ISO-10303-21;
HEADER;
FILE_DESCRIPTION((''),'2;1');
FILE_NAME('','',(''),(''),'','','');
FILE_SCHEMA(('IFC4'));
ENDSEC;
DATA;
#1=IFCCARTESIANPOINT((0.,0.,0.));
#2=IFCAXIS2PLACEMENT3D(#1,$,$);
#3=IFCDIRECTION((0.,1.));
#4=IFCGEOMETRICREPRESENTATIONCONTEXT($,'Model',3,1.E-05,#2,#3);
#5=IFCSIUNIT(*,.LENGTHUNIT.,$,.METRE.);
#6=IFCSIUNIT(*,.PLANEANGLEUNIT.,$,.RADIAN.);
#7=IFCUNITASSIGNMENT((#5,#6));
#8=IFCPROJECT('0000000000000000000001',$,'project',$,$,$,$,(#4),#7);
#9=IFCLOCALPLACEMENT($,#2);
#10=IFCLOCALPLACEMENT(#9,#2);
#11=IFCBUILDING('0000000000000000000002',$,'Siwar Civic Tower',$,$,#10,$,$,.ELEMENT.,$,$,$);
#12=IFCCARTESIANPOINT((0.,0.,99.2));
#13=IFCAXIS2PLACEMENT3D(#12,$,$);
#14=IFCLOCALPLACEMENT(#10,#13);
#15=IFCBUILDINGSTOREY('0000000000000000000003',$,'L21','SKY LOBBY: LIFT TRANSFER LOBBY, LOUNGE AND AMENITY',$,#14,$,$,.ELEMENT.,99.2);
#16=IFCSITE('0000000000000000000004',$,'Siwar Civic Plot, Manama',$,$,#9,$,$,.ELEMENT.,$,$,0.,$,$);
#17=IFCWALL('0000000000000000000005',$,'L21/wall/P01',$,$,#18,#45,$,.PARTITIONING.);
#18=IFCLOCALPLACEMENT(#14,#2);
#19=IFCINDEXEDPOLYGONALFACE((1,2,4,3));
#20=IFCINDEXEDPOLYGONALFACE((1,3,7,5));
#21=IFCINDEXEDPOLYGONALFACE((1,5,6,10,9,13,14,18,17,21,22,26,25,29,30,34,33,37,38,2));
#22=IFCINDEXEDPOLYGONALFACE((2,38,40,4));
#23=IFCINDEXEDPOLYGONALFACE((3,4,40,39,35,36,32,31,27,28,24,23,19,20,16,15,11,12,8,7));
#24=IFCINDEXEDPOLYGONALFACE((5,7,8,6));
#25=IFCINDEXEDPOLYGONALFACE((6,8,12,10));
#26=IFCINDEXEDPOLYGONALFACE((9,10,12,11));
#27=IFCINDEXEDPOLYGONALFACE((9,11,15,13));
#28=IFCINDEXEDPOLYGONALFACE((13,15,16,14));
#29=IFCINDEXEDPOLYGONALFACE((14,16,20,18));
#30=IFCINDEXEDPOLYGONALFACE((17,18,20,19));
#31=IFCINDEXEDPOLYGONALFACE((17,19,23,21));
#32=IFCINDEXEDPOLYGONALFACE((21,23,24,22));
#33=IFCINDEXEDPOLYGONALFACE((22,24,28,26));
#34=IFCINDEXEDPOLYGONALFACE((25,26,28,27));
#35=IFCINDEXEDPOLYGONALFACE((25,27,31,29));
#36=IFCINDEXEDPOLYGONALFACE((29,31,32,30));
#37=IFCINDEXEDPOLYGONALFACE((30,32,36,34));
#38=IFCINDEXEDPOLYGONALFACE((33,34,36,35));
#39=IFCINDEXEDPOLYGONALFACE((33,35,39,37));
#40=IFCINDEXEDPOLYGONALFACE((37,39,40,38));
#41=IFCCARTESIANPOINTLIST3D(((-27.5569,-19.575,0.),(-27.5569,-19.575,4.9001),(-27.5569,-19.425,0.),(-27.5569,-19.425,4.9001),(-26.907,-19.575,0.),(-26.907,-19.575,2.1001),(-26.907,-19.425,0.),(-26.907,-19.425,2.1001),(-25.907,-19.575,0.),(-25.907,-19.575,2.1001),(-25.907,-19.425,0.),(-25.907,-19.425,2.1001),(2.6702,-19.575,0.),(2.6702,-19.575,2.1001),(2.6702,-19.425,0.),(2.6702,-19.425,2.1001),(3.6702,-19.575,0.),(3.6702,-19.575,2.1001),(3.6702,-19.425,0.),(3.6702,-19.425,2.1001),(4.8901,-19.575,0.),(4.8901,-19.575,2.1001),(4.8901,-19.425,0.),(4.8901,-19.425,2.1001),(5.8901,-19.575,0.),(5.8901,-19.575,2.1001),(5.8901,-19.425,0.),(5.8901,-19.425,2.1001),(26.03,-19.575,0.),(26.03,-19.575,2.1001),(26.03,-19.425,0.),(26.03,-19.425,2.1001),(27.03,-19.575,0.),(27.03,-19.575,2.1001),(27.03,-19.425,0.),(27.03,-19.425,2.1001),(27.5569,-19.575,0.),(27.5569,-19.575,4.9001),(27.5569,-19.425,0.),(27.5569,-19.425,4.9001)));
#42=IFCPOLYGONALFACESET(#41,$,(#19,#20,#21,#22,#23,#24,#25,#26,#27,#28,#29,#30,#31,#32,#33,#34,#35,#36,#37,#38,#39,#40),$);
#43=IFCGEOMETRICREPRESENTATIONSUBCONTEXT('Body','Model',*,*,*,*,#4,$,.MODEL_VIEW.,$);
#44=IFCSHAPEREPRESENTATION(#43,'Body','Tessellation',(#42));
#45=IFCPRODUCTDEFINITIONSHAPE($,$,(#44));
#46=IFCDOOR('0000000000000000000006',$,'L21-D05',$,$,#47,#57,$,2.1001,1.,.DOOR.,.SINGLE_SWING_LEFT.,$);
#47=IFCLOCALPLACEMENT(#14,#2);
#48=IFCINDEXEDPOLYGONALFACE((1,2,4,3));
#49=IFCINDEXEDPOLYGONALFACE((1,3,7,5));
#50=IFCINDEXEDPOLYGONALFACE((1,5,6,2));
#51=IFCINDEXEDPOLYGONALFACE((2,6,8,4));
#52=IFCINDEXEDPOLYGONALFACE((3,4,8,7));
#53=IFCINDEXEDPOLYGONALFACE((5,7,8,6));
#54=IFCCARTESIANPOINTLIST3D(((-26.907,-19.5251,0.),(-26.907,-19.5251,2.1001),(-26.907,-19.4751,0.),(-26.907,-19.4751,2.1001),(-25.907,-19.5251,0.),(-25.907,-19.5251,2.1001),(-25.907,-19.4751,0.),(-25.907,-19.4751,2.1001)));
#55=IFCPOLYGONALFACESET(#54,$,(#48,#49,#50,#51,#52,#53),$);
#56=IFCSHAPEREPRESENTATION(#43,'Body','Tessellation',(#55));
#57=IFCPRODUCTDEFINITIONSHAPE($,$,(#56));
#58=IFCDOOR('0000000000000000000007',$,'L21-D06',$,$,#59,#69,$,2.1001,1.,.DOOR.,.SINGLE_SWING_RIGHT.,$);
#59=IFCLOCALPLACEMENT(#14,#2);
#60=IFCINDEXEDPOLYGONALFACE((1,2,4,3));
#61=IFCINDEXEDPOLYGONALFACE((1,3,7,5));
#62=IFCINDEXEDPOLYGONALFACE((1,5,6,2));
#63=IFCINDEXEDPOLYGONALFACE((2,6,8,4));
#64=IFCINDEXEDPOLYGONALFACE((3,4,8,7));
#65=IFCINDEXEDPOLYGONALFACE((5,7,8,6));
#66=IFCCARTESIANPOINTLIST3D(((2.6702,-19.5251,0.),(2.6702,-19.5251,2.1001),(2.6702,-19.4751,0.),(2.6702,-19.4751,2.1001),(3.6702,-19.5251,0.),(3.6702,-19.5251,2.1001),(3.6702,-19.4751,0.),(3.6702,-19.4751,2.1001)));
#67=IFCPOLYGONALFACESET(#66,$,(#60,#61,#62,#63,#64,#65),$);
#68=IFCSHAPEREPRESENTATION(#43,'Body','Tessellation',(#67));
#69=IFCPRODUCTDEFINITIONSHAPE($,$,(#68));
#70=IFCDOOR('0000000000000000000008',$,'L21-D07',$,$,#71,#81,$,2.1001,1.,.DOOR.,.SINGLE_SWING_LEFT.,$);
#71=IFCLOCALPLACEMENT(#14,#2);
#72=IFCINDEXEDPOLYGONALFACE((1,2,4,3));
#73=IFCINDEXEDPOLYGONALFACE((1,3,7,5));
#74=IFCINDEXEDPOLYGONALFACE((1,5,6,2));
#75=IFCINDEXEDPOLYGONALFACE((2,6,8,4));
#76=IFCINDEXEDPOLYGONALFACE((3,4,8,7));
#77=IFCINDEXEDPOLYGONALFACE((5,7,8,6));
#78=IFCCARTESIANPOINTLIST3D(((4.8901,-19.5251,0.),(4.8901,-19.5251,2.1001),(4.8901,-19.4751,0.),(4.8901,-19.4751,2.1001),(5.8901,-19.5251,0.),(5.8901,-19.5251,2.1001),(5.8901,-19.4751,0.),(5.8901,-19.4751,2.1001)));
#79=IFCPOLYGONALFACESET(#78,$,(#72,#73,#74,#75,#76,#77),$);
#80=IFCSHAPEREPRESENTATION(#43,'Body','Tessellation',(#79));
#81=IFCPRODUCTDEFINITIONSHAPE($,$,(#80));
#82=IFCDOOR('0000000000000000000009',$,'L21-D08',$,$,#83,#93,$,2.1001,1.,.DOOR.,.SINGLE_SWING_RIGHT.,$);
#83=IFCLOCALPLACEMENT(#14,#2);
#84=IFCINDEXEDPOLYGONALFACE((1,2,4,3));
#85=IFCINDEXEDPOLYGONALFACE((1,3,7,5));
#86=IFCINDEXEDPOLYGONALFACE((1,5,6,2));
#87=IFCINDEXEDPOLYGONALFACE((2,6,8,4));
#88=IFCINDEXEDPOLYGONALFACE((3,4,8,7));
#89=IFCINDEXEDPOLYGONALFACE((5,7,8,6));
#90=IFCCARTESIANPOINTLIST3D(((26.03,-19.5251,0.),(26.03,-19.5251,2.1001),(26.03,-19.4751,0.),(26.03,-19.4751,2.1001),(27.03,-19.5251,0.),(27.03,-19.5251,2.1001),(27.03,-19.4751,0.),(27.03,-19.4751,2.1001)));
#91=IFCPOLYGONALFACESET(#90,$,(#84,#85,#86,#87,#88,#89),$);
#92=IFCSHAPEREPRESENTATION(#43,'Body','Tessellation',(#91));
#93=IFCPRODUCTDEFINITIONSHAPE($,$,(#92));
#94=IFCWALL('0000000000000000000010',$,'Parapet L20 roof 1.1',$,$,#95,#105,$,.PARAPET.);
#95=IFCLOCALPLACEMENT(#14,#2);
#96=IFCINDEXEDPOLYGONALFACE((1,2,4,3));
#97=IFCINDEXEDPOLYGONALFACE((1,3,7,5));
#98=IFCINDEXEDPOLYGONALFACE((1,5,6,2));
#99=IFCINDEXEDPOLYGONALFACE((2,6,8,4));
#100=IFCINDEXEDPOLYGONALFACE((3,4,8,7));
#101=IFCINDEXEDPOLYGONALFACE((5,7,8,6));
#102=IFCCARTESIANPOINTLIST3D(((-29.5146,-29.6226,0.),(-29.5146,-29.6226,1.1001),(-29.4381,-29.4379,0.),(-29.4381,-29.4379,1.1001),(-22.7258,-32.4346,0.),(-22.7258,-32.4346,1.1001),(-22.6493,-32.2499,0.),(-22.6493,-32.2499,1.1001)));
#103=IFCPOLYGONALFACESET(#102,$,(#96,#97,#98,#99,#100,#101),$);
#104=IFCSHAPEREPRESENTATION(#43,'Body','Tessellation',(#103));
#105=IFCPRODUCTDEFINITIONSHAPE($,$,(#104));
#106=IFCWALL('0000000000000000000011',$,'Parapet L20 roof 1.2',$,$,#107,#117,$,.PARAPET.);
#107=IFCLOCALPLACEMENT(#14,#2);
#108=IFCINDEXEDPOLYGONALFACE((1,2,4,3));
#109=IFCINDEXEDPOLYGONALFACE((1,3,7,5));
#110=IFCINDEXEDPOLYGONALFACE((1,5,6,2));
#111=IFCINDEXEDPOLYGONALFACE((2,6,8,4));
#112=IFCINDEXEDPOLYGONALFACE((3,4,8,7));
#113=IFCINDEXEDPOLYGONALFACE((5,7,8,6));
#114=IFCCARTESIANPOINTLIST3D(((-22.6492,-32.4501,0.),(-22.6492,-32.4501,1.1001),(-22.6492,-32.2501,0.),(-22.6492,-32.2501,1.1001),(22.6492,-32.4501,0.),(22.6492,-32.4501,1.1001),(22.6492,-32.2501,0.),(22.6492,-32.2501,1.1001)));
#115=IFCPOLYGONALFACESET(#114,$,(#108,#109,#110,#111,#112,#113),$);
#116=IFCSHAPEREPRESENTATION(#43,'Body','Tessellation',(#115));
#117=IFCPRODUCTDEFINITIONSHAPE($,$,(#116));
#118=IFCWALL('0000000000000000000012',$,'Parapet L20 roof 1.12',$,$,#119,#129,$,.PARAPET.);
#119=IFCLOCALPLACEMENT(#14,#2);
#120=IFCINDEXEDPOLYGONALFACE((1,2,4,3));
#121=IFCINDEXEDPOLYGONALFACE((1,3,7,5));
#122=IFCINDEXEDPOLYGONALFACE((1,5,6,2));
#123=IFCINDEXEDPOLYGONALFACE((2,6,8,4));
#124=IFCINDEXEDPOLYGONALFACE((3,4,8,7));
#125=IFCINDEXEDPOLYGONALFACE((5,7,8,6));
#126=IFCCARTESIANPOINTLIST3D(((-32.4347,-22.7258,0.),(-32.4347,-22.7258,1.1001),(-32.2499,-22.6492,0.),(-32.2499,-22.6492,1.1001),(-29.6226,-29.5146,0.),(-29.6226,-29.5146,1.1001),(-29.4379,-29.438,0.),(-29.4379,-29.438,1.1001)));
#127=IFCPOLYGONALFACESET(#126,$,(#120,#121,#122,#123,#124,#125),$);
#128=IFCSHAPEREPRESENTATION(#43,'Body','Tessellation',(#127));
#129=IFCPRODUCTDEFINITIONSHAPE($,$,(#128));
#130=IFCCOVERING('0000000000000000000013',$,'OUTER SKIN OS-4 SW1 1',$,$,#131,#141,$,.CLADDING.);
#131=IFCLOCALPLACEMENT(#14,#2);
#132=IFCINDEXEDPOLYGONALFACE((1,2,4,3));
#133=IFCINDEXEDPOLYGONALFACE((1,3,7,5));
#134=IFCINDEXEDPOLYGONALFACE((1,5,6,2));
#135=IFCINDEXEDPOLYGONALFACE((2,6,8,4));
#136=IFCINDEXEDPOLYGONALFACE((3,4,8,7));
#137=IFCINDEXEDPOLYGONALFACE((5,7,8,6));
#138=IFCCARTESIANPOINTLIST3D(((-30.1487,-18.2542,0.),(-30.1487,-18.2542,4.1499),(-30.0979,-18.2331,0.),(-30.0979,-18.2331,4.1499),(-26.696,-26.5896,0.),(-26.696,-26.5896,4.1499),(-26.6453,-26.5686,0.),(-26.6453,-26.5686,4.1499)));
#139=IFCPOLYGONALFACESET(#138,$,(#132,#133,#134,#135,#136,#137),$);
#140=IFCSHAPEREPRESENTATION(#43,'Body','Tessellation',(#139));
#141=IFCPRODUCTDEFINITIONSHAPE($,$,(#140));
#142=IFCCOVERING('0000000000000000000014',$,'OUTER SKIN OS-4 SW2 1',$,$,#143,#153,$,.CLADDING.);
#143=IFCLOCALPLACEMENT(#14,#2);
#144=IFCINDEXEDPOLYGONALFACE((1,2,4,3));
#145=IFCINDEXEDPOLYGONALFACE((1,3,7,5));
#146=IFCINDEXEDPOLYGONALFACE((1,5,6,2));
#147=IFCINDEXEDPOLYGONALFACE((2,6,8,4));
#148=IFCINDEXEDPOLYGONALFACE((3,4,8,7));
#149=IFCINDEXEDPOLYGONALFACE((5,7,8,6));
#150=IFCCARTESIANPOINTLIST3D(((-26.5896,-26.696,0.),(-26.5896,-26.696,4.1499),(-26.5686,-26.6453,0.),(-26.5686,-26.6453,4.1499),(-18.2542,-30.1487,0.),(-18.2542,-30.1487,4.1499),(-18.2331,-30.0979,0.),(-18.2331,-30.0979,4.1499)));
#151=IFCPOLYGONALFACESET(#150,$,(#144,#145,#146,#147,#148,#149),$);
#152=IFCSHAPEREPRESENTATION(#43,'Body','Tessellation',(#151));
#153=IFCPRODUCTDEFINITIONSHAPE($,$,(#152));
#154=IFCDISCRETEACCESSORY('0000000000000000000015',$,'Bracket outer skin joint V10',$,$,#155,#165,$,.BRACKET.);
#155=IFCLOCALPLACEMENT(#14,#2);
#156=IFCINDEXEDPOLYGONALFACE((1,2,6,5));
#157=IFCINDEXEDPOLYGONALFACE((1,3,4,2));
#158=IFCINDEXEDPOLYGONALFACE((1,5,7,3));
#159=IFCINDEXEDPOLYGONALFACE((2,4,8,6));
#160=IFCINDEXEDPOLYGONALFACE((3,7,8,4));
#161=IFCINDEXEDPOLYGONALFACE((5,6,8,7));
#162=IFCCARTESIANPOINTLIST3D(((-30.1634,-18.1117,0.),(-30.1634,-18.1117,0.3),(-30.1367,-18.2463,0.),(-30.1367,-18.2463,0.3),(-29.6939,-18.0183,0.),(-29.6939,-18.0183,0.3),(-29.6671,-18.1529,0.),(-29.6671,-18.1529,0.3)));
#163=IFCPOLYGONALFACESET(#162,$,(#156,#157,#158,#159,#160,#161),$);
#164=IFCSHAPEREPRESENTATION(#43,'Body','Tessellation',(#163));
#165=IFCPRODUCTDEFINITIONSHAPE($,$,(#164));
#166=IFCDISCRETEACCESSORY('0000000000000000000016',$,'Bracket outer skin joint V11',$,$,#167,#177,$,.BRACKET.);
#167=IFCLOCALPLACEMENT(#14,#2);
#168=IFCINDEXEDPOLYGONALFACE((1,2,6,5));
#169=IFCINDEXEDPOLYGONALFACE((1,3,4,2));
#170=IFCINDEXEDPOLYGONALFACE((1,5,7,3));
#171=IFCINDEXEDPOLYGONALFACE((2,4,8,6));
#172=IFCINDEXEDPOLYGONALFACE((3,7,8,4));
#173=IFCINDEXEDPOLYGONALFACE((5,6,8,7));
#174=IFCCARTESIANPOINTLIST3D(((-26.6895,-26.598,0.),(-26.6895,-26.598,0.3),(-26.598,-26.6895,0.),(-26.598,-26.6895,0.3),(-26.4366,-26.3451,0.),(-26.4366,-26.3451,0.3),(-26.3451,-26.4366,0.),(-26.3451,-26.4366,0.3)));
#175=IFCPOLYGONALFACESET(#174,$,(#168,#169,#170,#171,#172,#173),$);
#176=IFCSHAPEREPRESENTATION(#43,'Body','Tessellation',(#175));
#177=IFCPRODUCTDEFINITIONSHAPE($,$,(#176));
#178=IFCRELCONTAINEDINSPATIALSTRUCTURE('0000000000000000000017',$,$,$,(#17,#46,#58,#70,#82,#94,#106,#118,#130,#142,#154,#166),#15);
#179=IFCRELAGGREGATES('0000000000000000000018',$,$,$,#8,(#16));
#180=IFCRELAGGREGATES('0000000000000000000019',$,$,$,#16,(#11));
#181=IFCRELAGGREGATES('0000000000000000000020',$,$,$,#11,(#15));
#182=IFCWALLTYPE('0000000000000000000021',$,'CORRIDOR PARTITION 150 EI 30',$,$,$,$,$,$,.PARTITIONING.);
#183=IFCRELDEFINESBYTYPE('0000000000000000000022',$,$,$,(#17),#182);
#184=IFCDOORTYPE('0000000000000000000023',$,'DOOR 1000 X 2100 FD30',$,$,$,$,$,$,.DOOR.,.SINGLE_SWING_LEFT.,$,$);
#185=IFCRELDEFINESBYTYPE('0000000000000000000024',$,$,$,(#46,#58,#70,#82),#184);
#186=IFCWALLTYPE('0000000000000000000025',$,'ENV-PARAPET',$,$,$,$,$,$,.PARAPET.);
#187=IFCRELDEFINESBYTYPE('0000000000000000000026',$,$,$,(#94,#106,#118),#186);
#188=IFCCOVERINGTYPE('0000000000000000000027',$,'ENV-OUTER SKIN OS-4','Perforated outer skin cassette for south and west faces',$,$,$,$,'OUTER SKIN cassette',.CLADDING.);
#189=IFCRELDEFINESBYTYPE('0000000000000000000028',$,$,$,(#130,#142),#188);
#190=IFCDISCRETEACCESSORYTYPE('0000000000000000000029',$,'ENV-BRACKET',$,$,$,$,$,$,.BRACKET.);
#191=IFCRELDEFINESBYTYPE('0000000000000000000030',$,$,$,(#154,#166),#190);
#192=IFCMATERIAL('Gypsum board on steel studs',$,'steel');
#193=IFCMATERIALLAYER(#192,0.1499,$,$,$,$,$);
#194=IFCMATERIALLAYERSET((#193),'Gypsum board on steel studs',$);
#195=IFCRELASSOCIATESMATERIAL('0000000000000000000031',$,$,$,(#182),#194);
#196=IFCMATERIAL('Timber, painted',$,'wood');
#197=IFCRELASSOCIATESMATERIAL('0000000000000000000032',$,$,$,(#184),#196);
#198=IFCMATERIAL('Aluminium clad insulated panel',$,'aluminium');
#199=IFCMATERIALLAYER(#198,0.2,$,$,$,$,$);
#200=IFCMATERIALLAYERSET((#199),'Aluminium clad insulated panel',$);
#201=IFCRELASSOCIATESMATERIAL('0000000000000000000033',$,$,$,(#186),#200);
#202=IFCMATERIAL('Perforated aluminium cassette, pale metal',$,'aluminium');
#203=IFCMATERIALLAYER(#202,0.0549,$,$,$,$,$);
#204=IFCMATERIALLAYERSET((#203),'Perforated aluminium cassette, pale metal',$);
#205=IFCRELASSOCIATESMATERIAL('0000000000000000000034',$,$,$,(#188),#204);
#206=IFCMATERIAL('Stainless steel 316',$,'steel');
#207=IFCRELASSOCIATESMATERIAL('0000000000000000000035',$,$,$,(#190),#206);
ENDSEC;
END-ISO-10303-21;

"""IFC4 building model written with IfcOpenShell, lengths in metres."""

from ifc_helpers import new_model, si_unit, direction, frame, frame_2d, origin, origin_2d, place, context, subcontext, project, spatial, rectangle, extrude, material, layer, layer_set, type_object, element, fill, save


model = new_model("IFC4")

# Units and contexts
model_context = context("Model", 3, precision=1e-05, world=origin(), true_north=direction((0.0, 1.0)))
body_context = subcontext(model_context, "Body", "Model", "MODEL_VIEW")
ifc_project = project(units=[si_unit("LENGTHUNIT", "METRE"), si_unit("PLANEANGLEUNIT", "RADIAN")], contexts=[model_context])

# Site, building, storey
site_placement = place(None, origin())
site = spatial("IfcSite", under=ifc_project, at=site_placement, Name="Siwar Civic Plot, Manama", CompositionType="ELEMENT", RefElevation=0.0)
building_placement = place(site_placement, origin())
building = spatial("IfcBuilding", under=site, at=building_placement, Name="Siwar Civic Tower", CompositionType="ELEMENT")
storey_placement = place(building_placement, frame((0.0, 0.0, 99.2)))
storey = spatial("IfcBuildingStorey", under=building, at=storey_placement, Name="L21", Description="SKY LOBBY: LIFT TRANSFER LOBBY, LOUNGE AND AMENITY", CompositionType="ELEMENT", Elevation=99.2)

# Wall, openings, doors
ifc_material_1 = material(Name="Gypsum board on steel studs", Category="steel")
ifc_layer_1 = layer(ifc_material_1, 0.1499)
ifc_layer_set_1 = layer_set([ifc_layer_1], Name="Gypsum board on steel studs")
wall_type_1 = type_object("IfcWallType", Name="CORRIDOR PARTITION 150 EI 30", PredefinedType="PARTITIONING", material=ifc_layer_set_1)
wall_1_placement = place(storey_placement, frame((-27.5569, -19.5, 0.0), z_axis=(0.0, 0.0, 1.0), x_axis=(1.0, 0.0, 0.0)))
wall_1 = element("IfcWall", 1, at=wall_1_placement, inside=storey, type_object=wall_type_1, Name="L21/wall/P01", PredefinedType="PARTITIONING", context=body_context, shape_type="SweptSolid", body=[
    extrude(rectangle(XDim=55.1138, YDim=0.1499, at=frame_2d((27.5569, 0.0))), origin(), (0.0, 0.0, 1.0), 4.9001),
])
opening_1_placement = place(wall_1_placement, frame((0.6499, 0.0, 0.0)))
opening_1 = element("IfcOpeningElement", 2, at=opening_1_placement, cuts=wall_1, PredefinedType="OPENING", context=body_context, shape_type="SweptSolid", body=[
    extrude(rectangle(XDim=1.0, YDim=2.1001, at=frame_2d((0.5, 1.05))), frame((0.0, 0.085, 0.0), z_axis=(0.0, -1.0, 0.0), x_axis=(1.0, 0.0, 0.0)), (0.0, 0.0, 1.0), 0.1699),
])
opening_2_placement = place(wall_1_placement, frame((30.2271, 0.0, 0.0)))
opening_2 = element("IfcOpeningElement", 3, at=opening_2_placement, cuts=wall_1, PredefinedType="OPENING", context=body_context, shape_type="SweptSolid", body=[
    extrude(rectangle(XDim=1.0, YDim=2.1001, at=frame_2d((0.5, 1.05))), frame((0.0, 0.085, 0.0), z_axis=(0.0, -1.0, 0.0), x_axis=(1.0, 0.0, 0.0)), (0.0, 0.0, 1.0), 0.1699),
])
opening_3_placement = place(wall_1_placement, frame((32.447, 0.0, 0.0)))
opening_3 = element("IfcOpeningElement", 4, at=opening_3_placement, cuts=wall_1, PredefinedType="OPENING", context=body_context, shape_type="SweptSolid", body=[
    extrude(rectangle(XDim=1.0, YDim=2.1001, at=frame_2d((0.5, 1.05))), frame((0.0, 0.085, 0.0), z_axis=(0.0, -1.0, 0.0), x_axis=(1.0, 0.0, 0.0)), (0.0, 0.0, 1.0), 0.1699),
])
opening_4_placement = place(wall_1_placement, frame((53.5869, 0.0, 0.0)))
opening_4 = element("IfcOpeningElement", 5, at=opening_4_placement, cuts=wall_1, PredefinedType="OPENING", context=body_context, shape_type="SweptSolid", body=[
    extrude(rectangle(XDim=1.0, YDim=2.1001, at=frame_2d((0.5, 1.05))), frame((0.0, 0.085, 0.0), z_axis=(0.0, -1.0, 0.0), x_axis=(1.0, 0.0, 0.0)), (0.0, 0.0, 1.0), 0.1699),
])
ifc_material_2 = material(Name="Timber, painted", Category="wood")
door_type = type_object("IfcDoorType", Name="DOOR 1000 X 2100 FD30", OperationType="SINGLE_SWING_LEFT", PredefinedType="DOOR", material=ifc_material_2)
door_1_placement = place(opening_1_placement, origin())
door_1 = element("IfcDoor", 6, at=door_1_placement, inside=storey, type_object=door_type, Name="L21-D05", OperationType="SINGLE_SWING_LEFT", OverallHeight=2.1001, OverallWidth=1.0, PredefinedType="DOOR", context=body_context, shape_type="SweptSolid", body=[
    extrude(rectangle(XDim=1.0, YDim=2.1001, at=frame_2d((0.5, 1.05))), frame((0.0, 0.0249, 0.0), z_axis=(0.0, -1.0, 0.0), x_axis=(1.0, 0.0, 0.0)), (0.0, 0.0, 1.0), 0.05),
])
fill(opening_1, door_1)
door_2_placement = place(opening_2_placement, origin())
door_2 = element("IfcDoor", 7, at=door_2_placement, inside=storey, type_object=door_type, Name="L21-D06", OperationType="SINGLE_SWING_RIGHT", OverallHeight=2.1001, OverallWidth=1.0, PredefinedType="DOOR", context=body_context, shape_type="SweptSolid", body=[
    extrude(rectangle(XDim=1.0, YDim=2.1001, at=frame_2d((0.5, 1.05))), frame((0.0, 0.0249, 0.0), z_axis=(0.0, -1.0, 0.0), x_axis=(1.0, 0.0, 0.0)), (0.0, 0.0, 1.0), 0.05),
])
fill(opening_2, door_2)
door_3_placement = place(opening_3_placement, origin())
door_3 = element("IfcDoor", 8, at=door_3_placement, inside=storey, type_object=door_type, Name="L21-D07", OperationType="SINGLE_SWING_LEFT", OverallHeight=2.1001, OverallWidth=1.0, PredefinedType="DOOR", context=body_context, shape_type="SweptSolid", body=[
    extrude(rectangle(XDim=1.0, YDim=2.1001, at=frame_2d((0.5, 1.05))), frame((0.0, 0.0249, 0.0), z_axis=(0.0, -1.0, 0.0), x_axis=(1.0, 0.0, 0.0)), (0.0, 0.0, 1.0), 0.05),
])
fill(opening_3, door_3)
door_4_placement = place(opening_4_placement, origin())
door_4 = element("IfcDoor", 9, at=door_4_placement, inside=storey, type_object=door_type, Name="L21-D08", OperationType="SINGLE_SWING_RIGHT", OverallHeight=2.1001, OverallWidth=1.0, PredefinedType="DOOR", context=body_context, shape_type="SweptSolid", body=[
    extrude(rectangle(XDim=1.0, YDim=2.1001, at=frame_2d((0.5, 1.05))), frame((0.0, 0.0249, 0.0), z_axis=(0.0, -1.0, 0.0), x_axis=(1.0, 0.0, 0.0)), (0.0, 0.0, 1.0), 0.05),
])
fill(opening_4, door_4)

# Walls
ifc_material_3 = material(Name="Aluminium clad insulated panel", Category="aluminium")
ifc_layer_2 = layer(ifc_material_3, 0.2)
ifc_layer_set_2 = layer_set([ifc_layer_2], Name="Aluminium clad insulated panel")
wall_type_2 = type_object("IfcWallType", Name="ENV-PARAPET", PredefinedType="PARAPET", material=ifc_layer_set_2)
wall_2_placement = place(storey_placement, frame((-29.4763, -29.5303, 0.0), z_axis=(0.0, 0.0, 1.0), x_axis=(0.92388, -0.382682, 0.0)))
element("IfcWall", 10, at=wall_2_placement, inside=storey, type_object=wall_type_2, Name="Parapet L20 roof 1.1", PredefinedType="PARAPET", context=body_context, shape_type="SweptSolid", body=[
    extrude(rectangle(XDim=7.3481, YDim=0.2, at=frame_2d((3.6741, 0.0))), origin(), (0.0, 0.0, 1.0), 1.1001),
])
wall_3_placement = place(storey_placement, frame((-22.6492, -32.3501, 0.0), z_axis=(0.0, 0.0, 1.0), x_axis=(1.0, 0.0, 0.0)))
element("IfcWall", 11, at=wall_3_placement, inside=storey, type_object=wall_type_2, Name="Parapet L20 roof 1.2", PredefinedType="PARAPET", context=body_context, shape_type="SweptSolid", body=[
    extrude(rectangle(XDim=45.2983, YDim=0.2, at=frame_2d((22.6492, 0.0))), origin(), (0.0, 0.0, 1.0), 1.1001),
])
wall_4_placement = place(storey_placement, frame((-32.3423, -22.6875, 0.0), z_axis=(0.0, 0.0, 1.0), x_axis=(0.382682, -0.92388, 0.0)))
element("IfcWall", 12, at=wall_4_placement, inside=storey, type_object=wall_type_2, Name="Parapet L20 roof 1.12", PredefinedType="PARAPET", context=body_context, shape_type="SweptSolid", body=[
    extrude(rectangle(XDim=7.3481, YDim=0.2, at=frame_2d((3.6741, 0.0))), origin(), (0.0, 0.0, 1.0), 1.1001),
])

# Coverings
ifc_material_4 = material(Name="Perforated aluminium cassette, pale metal", Category="aluminium")
ifc_layer_3 = layer(ifc_material_4, 0.0549)
ifc_layer_set_3 = layer_set([ifc_layer_3], Name="Perforated aluminium cassette, pale metal")
covering_type = type_object("IfcCoveringType", Name="ENV-OUTER SKIN OS-4", Description="Perforated outer skin cassette for south and west faces", ElementType="OUTER SKIN cassette", PredefinedType="CLADDING", material=ifc_layer_set_3)
for number, where, z_axis, x_axis, name in (
    (13, (-28.397, -22.4114, 0.0), (0.0, 0.0, 1.0), (0.382683, -0.92388, 0.0), "OUTER SKIN OS-4 SW1 1"),
    (14, (-22.4114, -28.397, 0.0), (0.0, 0.0, 1.0), (0.92388, -0.382683, 0.0), "OUTER SKIN OS-4 SW2 1"),
):
    element("IfcCovering", number, at=place(storey_placement, frame(where, z_axis=z_axis, x_axis=x_axis)), inside=storey, type_object=covering_type, Name=name, PredefinedType="CLADDING", context=body_context, shape_type="SweptSolid", body=[
        extrude(rectangle(XDim=9.0222, YDim=0.0549, at=origin_2d()), origin(), (0.0, 0.0, 1.0), 4.1499),
    ])

# Discrete accessories
ifc_material_5 = material(Name="Stainless steel 316", Category="steel")
discrete_accessory_type = type_object("IfcDiscreteAccessoryType", Name="ENV-BRACKET", PredefinedType="BRACKET", material=ifc_material_5)
discrete_accessory_1_placement = place(storey_placement, frame((-29.9153, -18.1323, 0.0), z_axis=(0.0, 0.0, 1.0), x_axis=(-0.980785, -0.19509, 0.0)))
element("IfcDiscreteAccessory", 15, at=discrete_accessory_1_placement, inside=storey, type_object=discrete_accessory_type, Name="Bracket outer skin joint V10", PredefinedType="BRACKET", context=body_context, shape_type="SweptSolid", body=[
    extrude(rectangle(XDim=0.4788, YDim=0.1372, at=origin_2d()), origin(), (0.0, 0.0, 1.0), 0.3),
])
discrete_accessory_2_placement = place(storey_placement, frame((-26.5173, -26.5173, 0.0), z_axis=(0.0, 0.0, 1.0), x_axis=(-0.707107, -0.707107, 0.0)))
element("IfcDiscreteAccessory", 16, at=discrete_accessory_2_placement, inside=storey, type_object=discrete_accessory_type, Name="Bracket outer skin joint V11", PredefinedType="BRACKET", context=body_context, shape_type="SweptSolid", body=[
    extrude(rectangle(XDim=0.3577, YDim=0.1294, at=origin_2d()), origin(), (0.0, 0.0, 1.0), 0.3),
])

save(model, "model.ifc")
